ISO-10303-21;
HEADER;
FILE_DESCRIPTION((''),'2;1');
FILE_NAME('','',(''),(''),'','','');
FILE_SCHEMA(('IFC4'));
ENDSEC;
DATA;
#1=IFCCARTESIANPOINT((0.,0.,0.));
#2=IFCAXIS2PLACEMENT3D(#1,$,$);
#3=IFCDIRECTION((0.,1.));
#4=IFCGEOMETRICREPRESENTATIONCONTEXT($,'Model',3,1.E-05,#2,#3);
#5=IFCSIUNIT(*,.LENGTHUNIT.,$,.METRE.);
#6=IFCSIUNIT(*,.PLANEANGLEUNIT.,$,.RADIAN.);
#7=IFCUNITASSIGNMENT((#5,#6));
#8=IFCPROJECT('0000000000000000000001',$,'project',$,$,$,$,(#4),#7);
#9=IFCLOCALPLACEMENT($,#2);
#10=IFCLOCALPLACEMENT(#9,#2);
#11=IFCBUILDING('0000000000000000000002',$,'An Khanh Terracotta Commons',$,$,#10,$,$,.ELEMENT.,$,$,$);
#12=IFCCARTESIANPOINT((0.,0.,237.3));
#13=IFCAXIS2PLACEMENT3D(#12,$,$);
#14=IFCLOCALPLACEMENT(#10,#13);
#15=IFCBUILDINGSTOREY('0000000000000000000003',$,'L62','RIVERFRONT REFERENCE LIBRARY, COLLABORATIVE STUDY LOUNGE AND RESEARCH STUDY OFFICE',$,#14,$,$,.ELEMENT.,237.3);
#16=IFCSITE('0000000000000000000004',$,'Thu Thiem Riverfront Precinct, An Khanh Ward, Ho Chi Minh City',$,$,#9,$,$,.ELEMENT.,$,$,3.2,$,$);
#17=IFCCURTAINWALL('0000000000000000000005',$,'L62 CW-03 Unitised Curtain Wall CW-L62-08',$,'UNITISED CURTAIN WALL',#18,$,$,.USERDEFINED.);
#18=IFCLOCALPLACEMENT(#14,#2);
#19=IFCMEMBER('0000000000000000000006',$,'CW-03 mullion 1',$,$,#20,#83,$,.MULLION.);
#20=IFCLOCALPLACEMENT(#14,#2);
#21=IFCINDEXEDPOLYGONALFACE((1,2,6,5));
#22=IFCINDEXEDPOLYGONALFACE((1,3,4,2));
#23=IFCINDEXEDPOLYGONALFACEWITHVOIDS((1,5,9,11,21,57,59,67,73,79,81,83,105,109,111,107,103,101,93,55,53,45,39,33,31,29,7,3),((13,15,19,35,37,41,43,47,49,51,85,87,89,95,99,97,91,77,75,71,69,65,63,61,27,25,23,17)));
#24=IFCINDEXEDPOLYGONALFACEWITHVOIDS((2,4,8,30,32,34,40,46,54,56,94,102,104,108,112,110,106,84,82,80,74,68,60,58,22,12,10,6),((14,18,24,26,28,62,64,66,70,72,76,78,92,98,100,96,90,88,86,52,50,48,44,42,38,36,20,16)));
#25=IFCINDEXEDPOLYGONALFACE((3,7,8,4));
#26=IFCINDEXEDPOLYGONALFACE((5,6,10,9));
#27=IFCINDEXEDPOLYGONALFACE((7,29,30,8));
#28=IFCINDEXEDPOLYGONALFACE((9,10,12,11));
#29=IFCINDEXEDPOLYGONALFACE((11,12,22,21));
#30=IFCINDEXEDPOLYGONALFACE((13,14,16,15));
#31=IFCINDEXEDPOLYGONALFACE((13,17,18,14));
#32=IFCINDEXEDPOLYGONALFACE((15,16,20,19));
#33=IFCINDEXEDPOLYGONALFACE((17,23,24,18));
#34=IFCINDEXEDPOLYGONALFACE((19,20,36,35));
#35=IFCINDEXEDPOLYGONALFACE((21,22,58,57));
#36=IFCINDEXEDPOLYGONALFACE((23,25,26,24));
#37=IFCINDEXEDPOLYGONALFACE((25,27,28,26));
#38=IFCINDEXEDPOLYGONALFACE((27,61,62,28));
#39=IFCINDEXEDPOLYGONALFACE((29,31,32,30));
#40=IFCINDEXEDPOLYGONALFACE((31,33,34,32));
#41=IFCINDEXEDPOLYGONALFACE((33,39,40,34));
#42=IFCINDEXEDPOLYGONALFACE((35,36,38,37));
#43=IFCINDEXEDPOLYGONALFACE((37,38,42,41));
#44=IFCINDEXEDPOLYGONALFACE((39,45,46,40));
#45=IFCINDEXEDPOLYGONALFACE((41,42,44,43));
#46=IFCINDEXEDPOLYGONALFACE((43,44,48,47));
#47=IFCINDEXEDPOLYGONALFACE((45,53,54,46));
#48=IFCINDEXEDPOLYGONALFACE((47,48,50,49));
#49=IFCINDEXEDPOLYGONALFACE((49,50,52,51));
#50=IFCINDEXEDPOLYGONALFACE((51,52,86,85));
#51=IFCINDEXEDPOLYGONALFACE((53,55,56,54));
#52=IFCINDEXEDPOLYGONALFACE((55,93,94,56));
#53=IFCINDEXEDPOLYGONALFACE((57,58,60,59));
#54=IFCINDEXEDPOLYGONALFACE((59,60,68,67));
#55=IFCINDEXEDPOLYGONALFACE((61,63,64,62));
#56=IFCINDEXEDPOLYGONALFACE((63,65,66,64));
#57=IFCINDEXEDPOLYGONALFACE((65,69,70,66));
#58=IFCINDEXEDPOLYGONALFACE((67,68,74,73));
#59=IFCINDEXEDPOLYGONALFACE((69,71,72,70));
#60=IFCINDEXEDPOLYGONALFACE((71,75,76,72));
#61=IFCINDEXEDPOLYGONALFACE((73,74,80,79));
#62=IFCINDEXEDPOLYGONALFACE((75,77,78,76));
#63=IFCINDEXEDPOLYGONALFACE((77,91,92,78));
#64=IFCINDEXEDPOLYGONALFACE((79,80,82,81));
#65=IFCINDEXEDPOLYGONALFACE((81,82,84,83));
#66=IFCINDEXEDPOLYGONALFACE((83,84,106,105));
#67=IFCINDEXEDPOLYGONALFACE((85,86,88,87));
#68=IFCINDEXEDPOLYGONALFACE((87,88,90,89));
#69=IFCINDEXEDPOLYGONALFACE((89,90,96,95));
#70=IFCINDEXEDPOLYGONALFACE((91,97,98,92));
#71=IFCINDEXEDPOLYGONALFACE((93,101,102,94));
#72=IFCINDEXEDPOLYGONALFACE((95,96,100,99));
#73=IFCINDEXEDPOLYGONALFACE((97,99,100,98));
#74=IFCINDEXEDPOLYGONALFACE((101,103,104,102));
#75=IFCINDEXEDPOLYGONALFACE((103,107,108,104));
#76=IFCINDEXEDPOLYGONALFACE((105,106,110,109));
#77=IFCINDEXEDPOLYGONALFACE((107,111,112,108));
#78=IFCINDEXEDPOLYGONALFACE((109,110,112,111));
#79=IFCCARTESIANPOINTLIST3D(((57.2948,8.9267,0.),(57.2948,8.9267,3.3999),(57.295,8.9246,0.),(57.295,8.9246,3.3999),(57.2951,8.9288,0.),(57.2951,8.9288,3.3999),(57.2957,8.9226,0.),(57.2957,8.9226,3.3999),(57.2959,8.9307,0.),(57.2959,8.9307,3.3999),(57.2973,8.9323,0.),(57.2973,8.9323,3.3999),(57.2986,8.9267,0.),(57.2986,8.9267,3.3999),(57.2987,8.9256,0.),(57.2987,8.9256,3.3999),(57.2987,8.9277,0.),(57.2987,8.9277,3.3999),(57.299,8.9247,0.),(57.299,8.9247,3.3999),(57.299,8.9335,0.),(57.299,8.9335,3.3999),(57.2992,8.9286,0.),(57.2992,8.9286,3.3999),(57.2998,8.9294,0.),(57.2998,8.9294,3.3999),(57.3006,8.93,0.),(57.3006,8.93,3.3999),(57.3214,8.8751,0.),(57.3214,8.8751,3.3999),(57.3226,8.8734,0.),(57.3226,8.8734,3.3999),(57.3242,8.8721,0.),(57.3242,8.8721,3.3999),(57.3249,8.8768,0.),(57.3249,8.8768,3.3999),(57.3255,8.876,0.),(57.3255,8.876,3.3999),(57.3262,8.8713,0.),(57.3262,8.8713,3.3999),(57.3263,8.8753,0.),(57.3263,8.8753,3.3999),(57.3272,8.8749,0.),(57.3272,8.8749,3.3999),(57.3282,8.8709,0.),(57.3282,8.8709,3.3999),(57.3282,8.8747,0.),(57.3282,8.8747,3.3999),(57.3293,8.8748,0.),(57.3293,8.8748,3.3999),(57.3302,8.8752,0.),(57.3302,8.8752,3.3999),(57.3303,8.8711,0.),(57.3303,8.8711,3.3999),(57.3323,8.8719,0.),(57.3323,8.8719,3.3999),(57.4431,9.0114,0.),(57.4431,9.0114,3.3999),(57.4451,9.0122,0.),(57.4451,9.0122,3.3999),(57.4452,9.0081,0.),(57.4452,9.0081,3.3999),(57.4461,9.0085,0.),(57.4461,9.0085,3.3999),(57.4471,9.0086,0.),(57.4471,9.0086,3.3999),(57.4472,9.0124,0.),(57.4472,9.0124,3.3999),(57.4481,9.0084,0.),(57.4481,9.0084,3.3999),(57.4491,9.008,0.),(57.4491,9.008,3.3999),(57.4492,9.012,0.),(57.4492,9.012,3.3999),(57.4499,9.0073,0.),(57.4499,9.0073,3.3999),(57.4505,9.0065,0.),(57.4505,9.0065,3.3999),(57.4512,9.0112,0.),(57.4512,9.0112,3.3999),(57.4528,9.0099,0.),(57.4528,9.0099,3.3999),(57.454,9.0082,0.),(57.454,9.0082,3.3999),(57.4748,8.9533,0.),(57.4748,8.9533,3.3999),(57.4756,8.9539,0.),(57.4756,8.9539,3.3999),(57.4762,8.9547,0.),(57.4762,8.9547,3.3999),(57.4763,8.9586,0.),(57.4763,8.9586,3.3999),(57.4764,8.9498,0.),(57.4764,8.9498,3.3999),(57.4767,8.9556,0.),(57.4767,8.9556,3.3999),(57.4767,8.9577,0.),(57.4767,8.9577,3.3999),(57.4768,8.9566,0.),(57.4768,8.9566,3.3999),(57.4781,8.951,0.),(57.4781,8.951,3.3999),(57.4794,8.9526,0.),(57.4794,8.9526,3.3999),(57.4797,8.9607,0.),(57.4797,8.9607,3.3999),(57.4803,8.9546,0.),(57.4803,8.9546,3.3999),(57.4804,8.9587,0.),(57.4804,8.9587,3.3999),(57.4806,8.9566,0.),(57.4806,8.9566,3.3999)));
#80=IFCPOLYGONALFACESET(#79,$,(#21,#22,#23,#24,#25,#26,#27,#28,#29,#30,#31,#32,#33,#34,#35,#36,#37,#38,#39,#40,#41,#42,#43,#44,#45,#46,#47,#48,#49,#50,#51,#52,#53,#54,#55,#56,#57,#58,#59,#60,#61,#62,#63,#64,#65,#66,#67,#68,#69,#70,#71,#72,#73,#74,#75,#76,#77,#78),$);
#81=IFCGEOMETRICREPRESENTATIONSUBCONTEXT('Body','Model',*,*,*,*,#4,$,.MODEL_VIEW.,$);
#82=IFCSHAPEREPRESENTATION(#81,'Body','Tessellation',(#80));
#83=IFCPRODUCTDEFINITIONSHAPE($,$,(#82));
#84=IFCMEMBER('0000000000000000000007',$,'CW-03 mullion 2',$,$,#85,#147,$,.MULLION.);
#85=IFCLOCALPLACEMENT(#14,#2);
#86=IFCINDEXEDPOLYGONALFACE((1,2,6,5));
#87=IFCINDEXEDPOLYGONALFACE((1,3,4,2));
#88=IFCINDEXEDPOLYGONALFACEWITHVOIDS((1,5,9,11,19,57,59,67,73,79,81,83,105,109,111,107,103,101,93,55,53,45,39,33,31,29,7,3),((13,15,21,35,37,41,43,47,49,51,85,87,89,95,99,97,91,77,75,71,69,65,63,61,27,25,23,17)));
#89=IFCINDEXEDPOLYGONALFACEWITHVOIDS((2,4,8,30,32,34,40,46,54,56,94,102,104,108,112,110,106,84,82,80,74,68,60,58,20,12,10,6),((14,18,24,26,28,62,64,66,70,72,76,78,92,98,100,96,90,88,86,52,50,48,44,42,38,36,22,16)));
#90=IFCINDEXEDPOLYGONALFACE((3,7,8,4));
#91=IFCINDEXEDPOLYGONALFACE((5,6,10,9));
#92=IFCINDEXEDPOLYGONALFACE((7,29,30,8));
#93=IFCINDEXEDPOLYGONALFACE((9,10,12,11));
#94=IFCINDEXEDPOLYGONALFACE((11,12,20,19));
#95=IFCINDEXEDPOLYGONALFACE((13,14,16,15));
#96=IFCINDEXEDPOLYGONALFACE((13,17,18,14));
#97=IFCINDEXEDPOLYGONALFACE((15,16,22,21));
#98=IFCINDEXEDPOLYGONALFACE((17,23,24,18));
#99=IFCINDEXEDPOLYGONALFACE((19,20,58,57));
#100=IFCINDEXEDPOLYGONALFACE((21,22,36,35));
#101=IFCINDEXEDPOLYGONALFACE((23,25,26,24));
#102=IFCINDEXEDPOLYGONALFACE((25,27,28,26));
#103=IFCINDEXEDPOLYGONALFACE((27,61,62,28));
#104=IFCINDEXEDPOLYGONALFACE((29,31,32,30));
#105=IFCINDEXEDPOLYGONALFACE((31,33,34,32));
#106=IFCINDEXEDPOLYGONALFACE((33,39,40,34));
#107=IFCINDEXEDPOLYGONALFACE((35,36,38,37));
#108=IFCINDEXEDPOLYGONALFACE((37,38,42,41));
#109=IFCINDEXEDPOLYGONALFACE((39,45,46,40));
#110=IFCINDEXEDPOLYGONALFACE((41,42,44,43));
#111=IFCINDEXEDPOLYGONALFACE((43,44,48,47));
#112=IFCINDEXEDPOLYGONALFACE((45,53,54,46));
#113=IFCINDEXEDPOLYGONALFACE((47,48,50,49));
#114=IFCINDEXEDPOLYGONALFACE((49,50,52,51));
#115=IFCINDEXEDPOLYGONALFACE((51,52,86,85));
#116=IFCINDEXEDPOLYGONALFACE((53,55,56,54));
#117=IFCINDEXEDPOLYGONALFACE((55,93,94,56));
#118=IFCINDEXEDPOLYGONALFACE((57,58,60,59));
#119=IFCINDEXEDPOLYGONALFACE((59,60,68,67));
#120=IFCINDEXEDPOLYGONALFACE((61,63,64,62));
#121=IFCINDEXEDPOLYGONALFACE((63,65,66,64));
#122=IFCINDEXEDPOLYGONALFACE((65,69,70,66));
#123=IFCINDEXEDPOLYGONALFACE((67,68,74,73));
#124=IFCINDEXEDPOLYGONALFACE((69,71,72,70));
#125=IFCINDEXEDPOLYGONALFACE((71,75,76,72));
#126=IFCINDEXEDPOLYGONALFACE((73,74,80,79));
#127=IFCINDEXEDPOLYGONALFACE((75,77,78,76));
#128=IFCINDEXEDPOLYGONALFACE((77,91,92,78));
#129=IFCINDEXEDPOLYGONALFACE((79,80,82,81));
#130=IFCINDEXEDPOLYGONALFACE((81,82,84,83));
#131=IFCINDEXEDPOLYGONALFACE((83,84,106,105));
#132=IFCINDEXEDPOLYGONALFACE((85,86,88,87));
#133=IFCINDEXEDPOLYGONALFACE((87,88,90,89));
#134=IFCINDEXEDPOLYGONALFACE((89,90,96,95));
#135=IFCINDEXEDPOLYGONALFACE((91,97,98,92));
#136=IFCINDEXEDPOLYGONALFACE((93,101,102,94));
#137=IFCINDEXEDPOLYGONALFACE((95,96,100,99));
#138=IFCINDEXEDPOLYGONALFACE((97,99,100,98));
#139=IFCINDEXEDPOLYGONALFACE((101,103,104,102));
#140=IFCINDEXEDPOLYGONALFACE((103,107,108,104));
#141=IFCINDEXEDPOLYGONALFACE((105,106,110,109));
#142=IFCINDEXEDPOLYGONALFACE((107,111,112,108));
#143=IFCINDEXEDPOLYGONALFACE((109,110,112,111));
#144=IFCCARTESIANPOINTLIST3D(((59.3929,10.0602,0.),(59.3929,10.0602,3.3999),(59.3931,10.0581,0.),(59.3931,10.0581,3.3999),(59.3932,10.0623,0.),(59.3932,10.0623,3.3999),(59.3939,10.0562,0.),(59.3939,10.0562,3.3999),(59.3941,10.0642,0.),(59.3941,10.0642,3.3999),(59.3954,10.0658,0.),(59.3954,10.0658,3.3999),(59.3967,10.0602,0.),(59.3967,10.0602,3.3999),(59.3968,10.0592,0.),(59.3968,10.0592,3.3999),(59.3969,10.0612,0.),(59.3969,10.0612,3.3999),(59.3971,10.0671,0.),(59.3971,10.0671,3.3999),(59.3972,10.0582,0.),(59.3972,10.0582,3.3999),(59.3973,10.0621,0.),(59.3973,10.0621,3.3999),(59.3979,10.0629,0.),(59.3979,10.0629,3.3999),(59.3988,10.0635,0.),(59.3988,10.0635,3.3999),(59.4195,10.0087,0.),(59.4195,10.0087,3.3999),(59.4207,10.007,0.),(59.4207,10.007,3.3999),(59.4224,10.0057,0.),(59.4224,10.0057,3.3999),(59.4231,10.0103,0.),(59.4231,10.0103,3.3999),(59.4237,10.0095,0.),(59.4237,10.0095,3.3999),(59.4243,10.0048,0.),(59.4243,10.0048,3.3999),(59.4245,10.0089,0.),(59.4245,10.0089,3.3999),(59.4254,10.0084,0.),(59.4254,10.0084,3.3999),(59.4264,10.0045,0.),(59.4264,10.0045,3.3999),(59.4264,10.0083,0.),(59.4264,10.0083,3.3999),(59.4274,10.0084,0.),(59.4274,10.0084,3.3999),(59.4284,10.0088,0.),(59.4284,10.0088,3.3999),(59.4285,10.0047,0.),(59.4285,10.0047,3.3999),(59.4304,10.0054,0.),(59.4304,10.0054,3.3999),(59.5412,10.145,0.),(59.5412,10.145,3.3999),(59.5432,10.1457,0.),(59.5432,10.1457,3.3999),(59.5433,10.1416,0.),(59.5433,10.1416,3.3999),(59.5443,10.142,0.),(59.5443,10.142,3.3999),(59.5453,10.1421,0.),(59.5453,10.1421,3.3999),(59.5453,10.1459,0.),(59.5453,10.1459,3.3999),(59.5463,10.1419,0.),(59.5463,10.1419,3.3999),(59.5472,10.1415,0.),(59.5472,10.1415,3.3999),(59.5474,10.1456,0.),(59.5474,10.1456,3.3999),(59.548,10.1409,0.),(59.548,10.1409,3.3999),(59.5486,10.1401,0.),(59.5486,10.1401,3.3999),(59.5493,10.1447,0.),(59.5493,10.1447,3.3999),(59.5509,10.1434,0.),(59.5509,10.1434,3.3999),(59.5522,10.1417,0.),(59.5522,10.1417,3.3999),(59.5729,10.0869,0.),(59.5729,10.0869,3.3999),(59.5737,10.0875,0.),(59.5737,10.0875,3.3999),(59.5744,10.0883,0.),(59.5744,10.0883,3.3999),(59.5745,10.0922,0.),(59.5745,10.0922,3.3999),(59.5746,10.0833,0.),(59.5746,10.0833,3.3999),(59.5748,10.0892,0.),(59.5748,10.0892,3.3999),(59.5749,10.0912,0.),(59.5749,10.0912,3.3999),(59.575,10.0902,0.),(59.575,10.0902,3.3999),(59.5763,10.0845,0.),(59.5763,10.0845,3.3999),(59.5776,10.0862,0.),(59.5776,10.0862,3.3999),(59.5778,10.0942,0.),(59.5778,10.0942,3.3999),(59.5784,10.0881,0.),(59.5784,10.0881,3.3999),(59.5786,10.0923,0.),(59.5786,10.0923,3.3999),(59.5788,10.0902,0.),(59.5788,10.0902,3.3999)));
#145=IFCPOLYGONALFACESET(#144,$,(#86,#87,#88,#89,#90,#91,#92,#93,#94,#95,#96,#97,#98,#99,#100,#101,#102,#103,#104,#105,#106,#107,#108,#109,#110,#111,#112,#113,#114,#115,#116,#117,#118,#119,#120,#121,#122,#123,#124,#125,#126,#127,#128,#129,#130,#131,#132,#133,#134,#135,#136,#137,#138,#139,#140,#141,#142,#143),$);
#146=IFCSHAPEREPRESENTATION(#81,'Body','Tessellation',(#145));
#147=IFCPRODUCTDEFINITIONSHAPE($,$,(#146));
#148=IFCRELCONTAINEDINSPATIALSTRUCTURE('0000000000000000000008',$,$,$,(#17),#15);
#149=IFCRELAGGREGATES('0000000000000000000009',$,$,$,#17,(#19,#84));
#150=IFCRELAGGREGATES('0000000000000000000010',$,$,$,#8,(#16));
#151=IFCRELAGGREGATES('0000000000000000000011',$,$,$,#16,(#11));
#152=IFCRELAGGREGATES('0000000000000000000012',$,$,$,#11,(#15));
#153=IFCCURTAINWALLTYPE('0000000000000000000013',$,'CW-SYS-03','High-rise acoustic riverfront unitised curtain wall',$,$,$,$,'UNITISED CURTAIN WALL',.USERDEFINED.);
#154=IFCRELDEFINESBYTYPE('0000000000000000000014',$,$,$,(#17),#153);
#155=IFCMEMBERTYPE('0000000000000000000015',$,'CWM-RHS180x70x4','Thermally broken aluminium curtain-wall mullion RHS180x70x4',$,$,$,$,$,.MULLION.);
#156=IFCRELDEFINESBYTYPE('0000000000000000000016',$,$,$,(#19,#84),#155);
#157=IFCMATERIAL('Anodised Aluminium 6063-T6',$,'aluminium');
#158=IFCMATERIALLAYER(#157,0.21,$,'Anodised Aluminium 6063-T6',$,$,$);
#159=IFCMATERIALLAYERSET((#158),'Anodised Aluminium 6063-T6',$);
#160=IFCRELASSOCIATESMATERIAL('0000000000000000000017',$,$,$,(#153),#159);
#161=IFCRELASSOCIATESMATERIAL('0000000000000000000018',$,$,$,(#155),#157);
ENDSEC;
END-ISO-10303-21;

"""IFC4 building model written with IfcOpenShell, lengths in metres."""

from ifc_helpers import new_model, si_unit, direction, frame, origin, origin_2d, place, context, subcontext, project, spatial, hollow_rectangle, extrude, material, layer, layer_set, material_profile, profile_set, type_object, element, aggregate, save


model = new_model("IFC4")

# Units and contexts
model_context = context("Model", 3, precision=1e-05, world=origin(), true_north=direction((0.0, 1.0)))
body_context = subcontext(model_context, "Body", "Model", "MODEL_VIEW")
ifc_project = project(units=[si_unit("LENGTHUNIT", "METRE"), si_unit("PLANEANGLEUNIT", "RADIAN")], contexts=[model_context])

# Site, building, storey
site_placement = place(None, origin())
site = spatial("IfcSite", under=ifc_project, at=site_placement, Name="Thu Thiem Riverfront Precinct, An Khanh Ward, Ho Chi Minh City", CompositionType="ELEMENT", RefElevation=3.2)
building_placement = place(site_placement, origin())
building = spatial("IfcBuilding", under=site, at=building_placement, Name="An Khanh Terracotta Commons", CompositionType="ELEMENT")
storey_placement = place(building_placement, frame((0.0, 0.0, 237.3)))
storey = spatial("IfcBuildingStorey", under=building, at=storey_placement, Name="L62", Description="RIVERFRONT REFERENCE LIBRARY, COLLABORATIVE STUDY LOUNGE AND RESEARCH STUDY OFFICE", CompositionType="ELEMENT", Elevation=237.3)

# Curtain wall, members
ifc_material_1 = material(Name="Anodised Aluminium 6063-T6", Category="aluminium")
ifc_layer_1 = layer(ifc_material_1, 0.21, Name="Anodised Aluminium 6063-T6")
ifc_layer_set_1 = layer_set([ifc_layer_1], Name="Anodised Aluminium 6063-T6")
curtain_wall_type = type_object("IfcCurtainWallType", Name="CW-SYS-03", Description="High-rise acoustic riverfront unitised curtain wall", ElementType="UNITISED CURTAIN WALL", PredefinedType="USERDEFINED", material=ifc_layer_set_1)
curtain_wall_placement = place(storey_placement, origin())
curtain_wall = element("IfcCurtainWall", 1, at=curtain_wall_placement, inside=storey, type_object=curtain_wall_type, Name="L62 CW-03 Unitised Curtain Wall CW-L62-08", ObjectType="UNITISED CURTAIN WALL", PredefinedType="USERDEFINED")
ifc_material_profile_1 = material_profile(ifc_material_1, hollow_rectangle(XDim=0.0701, YDim=0.1799, WallThickness=0.0039, InnerFilletRadius=0.0039, OuterFilletRadius=0.0081, at=origin_2d()), Name="RHS180x70x4")
ifc_profile_set_1 = profile_set([ifc_material_profile_1], Name="Anodised Aluminium 6063-T6")
member_type_1 = type_object("IfcMemberType", Name="CWM-RHS180x70x4", Description="Thermally broken aluminium curtain-wall mullion RHS180x70x4", PredefinedType="MULLION", material=ifc_profile_set_1)
member_1_placement = place(storey_placement, frame((57.3877, 8.9417, 0.0), z_axis=(0.0, 0.0, 1.0), x_axis=(-0.475381, 0.87978, 0.0)))
member_1 = element("IfcMember", 2, at=member_1_placement, type_object=member_type_1, Name="CW-03 mullion 1", PredefinedType="MULLION", context=body_context, shape_type="SweptSolid", body=[
    extrude(hollow_rectangle(XDim=0.0701, YDim=0.1799, WallThickness=0.0039, InnerFilletRadius=0.0039, OuterFilletRadius=0.0081, at=origin_2d()), origin(), (0.0, 0.0, 1.0), 3.3999),
])
member_2_placement = place(storey_placement, frame((59.4858, 10.0752, 0.0), z_axis=(0.0, 0.0, 1.0), x_axis=(-0.475381, 0.87978, 0.0)))
member_2 = element("IfcMember", 3, at=member_2_placement, type_object=member_type_1, Name="CW-03 mullion 2", PredefinedType="MULLION", context=body_context, shape_type="SweptSolid", body=[
    extrude(hollow_rectangle(XDim=0.0701, YDim=0.1799, WallThickness=0.0039, InnerFilletRadius=0.0039, OuterFilletRadius=0.0081, at=origin_2d()), origin(), (0.0, 0.0, 1.0), 3.3999),
])
aggregate(curtain_wall, [member_1, member_2])

save(model, "model.ifc")
